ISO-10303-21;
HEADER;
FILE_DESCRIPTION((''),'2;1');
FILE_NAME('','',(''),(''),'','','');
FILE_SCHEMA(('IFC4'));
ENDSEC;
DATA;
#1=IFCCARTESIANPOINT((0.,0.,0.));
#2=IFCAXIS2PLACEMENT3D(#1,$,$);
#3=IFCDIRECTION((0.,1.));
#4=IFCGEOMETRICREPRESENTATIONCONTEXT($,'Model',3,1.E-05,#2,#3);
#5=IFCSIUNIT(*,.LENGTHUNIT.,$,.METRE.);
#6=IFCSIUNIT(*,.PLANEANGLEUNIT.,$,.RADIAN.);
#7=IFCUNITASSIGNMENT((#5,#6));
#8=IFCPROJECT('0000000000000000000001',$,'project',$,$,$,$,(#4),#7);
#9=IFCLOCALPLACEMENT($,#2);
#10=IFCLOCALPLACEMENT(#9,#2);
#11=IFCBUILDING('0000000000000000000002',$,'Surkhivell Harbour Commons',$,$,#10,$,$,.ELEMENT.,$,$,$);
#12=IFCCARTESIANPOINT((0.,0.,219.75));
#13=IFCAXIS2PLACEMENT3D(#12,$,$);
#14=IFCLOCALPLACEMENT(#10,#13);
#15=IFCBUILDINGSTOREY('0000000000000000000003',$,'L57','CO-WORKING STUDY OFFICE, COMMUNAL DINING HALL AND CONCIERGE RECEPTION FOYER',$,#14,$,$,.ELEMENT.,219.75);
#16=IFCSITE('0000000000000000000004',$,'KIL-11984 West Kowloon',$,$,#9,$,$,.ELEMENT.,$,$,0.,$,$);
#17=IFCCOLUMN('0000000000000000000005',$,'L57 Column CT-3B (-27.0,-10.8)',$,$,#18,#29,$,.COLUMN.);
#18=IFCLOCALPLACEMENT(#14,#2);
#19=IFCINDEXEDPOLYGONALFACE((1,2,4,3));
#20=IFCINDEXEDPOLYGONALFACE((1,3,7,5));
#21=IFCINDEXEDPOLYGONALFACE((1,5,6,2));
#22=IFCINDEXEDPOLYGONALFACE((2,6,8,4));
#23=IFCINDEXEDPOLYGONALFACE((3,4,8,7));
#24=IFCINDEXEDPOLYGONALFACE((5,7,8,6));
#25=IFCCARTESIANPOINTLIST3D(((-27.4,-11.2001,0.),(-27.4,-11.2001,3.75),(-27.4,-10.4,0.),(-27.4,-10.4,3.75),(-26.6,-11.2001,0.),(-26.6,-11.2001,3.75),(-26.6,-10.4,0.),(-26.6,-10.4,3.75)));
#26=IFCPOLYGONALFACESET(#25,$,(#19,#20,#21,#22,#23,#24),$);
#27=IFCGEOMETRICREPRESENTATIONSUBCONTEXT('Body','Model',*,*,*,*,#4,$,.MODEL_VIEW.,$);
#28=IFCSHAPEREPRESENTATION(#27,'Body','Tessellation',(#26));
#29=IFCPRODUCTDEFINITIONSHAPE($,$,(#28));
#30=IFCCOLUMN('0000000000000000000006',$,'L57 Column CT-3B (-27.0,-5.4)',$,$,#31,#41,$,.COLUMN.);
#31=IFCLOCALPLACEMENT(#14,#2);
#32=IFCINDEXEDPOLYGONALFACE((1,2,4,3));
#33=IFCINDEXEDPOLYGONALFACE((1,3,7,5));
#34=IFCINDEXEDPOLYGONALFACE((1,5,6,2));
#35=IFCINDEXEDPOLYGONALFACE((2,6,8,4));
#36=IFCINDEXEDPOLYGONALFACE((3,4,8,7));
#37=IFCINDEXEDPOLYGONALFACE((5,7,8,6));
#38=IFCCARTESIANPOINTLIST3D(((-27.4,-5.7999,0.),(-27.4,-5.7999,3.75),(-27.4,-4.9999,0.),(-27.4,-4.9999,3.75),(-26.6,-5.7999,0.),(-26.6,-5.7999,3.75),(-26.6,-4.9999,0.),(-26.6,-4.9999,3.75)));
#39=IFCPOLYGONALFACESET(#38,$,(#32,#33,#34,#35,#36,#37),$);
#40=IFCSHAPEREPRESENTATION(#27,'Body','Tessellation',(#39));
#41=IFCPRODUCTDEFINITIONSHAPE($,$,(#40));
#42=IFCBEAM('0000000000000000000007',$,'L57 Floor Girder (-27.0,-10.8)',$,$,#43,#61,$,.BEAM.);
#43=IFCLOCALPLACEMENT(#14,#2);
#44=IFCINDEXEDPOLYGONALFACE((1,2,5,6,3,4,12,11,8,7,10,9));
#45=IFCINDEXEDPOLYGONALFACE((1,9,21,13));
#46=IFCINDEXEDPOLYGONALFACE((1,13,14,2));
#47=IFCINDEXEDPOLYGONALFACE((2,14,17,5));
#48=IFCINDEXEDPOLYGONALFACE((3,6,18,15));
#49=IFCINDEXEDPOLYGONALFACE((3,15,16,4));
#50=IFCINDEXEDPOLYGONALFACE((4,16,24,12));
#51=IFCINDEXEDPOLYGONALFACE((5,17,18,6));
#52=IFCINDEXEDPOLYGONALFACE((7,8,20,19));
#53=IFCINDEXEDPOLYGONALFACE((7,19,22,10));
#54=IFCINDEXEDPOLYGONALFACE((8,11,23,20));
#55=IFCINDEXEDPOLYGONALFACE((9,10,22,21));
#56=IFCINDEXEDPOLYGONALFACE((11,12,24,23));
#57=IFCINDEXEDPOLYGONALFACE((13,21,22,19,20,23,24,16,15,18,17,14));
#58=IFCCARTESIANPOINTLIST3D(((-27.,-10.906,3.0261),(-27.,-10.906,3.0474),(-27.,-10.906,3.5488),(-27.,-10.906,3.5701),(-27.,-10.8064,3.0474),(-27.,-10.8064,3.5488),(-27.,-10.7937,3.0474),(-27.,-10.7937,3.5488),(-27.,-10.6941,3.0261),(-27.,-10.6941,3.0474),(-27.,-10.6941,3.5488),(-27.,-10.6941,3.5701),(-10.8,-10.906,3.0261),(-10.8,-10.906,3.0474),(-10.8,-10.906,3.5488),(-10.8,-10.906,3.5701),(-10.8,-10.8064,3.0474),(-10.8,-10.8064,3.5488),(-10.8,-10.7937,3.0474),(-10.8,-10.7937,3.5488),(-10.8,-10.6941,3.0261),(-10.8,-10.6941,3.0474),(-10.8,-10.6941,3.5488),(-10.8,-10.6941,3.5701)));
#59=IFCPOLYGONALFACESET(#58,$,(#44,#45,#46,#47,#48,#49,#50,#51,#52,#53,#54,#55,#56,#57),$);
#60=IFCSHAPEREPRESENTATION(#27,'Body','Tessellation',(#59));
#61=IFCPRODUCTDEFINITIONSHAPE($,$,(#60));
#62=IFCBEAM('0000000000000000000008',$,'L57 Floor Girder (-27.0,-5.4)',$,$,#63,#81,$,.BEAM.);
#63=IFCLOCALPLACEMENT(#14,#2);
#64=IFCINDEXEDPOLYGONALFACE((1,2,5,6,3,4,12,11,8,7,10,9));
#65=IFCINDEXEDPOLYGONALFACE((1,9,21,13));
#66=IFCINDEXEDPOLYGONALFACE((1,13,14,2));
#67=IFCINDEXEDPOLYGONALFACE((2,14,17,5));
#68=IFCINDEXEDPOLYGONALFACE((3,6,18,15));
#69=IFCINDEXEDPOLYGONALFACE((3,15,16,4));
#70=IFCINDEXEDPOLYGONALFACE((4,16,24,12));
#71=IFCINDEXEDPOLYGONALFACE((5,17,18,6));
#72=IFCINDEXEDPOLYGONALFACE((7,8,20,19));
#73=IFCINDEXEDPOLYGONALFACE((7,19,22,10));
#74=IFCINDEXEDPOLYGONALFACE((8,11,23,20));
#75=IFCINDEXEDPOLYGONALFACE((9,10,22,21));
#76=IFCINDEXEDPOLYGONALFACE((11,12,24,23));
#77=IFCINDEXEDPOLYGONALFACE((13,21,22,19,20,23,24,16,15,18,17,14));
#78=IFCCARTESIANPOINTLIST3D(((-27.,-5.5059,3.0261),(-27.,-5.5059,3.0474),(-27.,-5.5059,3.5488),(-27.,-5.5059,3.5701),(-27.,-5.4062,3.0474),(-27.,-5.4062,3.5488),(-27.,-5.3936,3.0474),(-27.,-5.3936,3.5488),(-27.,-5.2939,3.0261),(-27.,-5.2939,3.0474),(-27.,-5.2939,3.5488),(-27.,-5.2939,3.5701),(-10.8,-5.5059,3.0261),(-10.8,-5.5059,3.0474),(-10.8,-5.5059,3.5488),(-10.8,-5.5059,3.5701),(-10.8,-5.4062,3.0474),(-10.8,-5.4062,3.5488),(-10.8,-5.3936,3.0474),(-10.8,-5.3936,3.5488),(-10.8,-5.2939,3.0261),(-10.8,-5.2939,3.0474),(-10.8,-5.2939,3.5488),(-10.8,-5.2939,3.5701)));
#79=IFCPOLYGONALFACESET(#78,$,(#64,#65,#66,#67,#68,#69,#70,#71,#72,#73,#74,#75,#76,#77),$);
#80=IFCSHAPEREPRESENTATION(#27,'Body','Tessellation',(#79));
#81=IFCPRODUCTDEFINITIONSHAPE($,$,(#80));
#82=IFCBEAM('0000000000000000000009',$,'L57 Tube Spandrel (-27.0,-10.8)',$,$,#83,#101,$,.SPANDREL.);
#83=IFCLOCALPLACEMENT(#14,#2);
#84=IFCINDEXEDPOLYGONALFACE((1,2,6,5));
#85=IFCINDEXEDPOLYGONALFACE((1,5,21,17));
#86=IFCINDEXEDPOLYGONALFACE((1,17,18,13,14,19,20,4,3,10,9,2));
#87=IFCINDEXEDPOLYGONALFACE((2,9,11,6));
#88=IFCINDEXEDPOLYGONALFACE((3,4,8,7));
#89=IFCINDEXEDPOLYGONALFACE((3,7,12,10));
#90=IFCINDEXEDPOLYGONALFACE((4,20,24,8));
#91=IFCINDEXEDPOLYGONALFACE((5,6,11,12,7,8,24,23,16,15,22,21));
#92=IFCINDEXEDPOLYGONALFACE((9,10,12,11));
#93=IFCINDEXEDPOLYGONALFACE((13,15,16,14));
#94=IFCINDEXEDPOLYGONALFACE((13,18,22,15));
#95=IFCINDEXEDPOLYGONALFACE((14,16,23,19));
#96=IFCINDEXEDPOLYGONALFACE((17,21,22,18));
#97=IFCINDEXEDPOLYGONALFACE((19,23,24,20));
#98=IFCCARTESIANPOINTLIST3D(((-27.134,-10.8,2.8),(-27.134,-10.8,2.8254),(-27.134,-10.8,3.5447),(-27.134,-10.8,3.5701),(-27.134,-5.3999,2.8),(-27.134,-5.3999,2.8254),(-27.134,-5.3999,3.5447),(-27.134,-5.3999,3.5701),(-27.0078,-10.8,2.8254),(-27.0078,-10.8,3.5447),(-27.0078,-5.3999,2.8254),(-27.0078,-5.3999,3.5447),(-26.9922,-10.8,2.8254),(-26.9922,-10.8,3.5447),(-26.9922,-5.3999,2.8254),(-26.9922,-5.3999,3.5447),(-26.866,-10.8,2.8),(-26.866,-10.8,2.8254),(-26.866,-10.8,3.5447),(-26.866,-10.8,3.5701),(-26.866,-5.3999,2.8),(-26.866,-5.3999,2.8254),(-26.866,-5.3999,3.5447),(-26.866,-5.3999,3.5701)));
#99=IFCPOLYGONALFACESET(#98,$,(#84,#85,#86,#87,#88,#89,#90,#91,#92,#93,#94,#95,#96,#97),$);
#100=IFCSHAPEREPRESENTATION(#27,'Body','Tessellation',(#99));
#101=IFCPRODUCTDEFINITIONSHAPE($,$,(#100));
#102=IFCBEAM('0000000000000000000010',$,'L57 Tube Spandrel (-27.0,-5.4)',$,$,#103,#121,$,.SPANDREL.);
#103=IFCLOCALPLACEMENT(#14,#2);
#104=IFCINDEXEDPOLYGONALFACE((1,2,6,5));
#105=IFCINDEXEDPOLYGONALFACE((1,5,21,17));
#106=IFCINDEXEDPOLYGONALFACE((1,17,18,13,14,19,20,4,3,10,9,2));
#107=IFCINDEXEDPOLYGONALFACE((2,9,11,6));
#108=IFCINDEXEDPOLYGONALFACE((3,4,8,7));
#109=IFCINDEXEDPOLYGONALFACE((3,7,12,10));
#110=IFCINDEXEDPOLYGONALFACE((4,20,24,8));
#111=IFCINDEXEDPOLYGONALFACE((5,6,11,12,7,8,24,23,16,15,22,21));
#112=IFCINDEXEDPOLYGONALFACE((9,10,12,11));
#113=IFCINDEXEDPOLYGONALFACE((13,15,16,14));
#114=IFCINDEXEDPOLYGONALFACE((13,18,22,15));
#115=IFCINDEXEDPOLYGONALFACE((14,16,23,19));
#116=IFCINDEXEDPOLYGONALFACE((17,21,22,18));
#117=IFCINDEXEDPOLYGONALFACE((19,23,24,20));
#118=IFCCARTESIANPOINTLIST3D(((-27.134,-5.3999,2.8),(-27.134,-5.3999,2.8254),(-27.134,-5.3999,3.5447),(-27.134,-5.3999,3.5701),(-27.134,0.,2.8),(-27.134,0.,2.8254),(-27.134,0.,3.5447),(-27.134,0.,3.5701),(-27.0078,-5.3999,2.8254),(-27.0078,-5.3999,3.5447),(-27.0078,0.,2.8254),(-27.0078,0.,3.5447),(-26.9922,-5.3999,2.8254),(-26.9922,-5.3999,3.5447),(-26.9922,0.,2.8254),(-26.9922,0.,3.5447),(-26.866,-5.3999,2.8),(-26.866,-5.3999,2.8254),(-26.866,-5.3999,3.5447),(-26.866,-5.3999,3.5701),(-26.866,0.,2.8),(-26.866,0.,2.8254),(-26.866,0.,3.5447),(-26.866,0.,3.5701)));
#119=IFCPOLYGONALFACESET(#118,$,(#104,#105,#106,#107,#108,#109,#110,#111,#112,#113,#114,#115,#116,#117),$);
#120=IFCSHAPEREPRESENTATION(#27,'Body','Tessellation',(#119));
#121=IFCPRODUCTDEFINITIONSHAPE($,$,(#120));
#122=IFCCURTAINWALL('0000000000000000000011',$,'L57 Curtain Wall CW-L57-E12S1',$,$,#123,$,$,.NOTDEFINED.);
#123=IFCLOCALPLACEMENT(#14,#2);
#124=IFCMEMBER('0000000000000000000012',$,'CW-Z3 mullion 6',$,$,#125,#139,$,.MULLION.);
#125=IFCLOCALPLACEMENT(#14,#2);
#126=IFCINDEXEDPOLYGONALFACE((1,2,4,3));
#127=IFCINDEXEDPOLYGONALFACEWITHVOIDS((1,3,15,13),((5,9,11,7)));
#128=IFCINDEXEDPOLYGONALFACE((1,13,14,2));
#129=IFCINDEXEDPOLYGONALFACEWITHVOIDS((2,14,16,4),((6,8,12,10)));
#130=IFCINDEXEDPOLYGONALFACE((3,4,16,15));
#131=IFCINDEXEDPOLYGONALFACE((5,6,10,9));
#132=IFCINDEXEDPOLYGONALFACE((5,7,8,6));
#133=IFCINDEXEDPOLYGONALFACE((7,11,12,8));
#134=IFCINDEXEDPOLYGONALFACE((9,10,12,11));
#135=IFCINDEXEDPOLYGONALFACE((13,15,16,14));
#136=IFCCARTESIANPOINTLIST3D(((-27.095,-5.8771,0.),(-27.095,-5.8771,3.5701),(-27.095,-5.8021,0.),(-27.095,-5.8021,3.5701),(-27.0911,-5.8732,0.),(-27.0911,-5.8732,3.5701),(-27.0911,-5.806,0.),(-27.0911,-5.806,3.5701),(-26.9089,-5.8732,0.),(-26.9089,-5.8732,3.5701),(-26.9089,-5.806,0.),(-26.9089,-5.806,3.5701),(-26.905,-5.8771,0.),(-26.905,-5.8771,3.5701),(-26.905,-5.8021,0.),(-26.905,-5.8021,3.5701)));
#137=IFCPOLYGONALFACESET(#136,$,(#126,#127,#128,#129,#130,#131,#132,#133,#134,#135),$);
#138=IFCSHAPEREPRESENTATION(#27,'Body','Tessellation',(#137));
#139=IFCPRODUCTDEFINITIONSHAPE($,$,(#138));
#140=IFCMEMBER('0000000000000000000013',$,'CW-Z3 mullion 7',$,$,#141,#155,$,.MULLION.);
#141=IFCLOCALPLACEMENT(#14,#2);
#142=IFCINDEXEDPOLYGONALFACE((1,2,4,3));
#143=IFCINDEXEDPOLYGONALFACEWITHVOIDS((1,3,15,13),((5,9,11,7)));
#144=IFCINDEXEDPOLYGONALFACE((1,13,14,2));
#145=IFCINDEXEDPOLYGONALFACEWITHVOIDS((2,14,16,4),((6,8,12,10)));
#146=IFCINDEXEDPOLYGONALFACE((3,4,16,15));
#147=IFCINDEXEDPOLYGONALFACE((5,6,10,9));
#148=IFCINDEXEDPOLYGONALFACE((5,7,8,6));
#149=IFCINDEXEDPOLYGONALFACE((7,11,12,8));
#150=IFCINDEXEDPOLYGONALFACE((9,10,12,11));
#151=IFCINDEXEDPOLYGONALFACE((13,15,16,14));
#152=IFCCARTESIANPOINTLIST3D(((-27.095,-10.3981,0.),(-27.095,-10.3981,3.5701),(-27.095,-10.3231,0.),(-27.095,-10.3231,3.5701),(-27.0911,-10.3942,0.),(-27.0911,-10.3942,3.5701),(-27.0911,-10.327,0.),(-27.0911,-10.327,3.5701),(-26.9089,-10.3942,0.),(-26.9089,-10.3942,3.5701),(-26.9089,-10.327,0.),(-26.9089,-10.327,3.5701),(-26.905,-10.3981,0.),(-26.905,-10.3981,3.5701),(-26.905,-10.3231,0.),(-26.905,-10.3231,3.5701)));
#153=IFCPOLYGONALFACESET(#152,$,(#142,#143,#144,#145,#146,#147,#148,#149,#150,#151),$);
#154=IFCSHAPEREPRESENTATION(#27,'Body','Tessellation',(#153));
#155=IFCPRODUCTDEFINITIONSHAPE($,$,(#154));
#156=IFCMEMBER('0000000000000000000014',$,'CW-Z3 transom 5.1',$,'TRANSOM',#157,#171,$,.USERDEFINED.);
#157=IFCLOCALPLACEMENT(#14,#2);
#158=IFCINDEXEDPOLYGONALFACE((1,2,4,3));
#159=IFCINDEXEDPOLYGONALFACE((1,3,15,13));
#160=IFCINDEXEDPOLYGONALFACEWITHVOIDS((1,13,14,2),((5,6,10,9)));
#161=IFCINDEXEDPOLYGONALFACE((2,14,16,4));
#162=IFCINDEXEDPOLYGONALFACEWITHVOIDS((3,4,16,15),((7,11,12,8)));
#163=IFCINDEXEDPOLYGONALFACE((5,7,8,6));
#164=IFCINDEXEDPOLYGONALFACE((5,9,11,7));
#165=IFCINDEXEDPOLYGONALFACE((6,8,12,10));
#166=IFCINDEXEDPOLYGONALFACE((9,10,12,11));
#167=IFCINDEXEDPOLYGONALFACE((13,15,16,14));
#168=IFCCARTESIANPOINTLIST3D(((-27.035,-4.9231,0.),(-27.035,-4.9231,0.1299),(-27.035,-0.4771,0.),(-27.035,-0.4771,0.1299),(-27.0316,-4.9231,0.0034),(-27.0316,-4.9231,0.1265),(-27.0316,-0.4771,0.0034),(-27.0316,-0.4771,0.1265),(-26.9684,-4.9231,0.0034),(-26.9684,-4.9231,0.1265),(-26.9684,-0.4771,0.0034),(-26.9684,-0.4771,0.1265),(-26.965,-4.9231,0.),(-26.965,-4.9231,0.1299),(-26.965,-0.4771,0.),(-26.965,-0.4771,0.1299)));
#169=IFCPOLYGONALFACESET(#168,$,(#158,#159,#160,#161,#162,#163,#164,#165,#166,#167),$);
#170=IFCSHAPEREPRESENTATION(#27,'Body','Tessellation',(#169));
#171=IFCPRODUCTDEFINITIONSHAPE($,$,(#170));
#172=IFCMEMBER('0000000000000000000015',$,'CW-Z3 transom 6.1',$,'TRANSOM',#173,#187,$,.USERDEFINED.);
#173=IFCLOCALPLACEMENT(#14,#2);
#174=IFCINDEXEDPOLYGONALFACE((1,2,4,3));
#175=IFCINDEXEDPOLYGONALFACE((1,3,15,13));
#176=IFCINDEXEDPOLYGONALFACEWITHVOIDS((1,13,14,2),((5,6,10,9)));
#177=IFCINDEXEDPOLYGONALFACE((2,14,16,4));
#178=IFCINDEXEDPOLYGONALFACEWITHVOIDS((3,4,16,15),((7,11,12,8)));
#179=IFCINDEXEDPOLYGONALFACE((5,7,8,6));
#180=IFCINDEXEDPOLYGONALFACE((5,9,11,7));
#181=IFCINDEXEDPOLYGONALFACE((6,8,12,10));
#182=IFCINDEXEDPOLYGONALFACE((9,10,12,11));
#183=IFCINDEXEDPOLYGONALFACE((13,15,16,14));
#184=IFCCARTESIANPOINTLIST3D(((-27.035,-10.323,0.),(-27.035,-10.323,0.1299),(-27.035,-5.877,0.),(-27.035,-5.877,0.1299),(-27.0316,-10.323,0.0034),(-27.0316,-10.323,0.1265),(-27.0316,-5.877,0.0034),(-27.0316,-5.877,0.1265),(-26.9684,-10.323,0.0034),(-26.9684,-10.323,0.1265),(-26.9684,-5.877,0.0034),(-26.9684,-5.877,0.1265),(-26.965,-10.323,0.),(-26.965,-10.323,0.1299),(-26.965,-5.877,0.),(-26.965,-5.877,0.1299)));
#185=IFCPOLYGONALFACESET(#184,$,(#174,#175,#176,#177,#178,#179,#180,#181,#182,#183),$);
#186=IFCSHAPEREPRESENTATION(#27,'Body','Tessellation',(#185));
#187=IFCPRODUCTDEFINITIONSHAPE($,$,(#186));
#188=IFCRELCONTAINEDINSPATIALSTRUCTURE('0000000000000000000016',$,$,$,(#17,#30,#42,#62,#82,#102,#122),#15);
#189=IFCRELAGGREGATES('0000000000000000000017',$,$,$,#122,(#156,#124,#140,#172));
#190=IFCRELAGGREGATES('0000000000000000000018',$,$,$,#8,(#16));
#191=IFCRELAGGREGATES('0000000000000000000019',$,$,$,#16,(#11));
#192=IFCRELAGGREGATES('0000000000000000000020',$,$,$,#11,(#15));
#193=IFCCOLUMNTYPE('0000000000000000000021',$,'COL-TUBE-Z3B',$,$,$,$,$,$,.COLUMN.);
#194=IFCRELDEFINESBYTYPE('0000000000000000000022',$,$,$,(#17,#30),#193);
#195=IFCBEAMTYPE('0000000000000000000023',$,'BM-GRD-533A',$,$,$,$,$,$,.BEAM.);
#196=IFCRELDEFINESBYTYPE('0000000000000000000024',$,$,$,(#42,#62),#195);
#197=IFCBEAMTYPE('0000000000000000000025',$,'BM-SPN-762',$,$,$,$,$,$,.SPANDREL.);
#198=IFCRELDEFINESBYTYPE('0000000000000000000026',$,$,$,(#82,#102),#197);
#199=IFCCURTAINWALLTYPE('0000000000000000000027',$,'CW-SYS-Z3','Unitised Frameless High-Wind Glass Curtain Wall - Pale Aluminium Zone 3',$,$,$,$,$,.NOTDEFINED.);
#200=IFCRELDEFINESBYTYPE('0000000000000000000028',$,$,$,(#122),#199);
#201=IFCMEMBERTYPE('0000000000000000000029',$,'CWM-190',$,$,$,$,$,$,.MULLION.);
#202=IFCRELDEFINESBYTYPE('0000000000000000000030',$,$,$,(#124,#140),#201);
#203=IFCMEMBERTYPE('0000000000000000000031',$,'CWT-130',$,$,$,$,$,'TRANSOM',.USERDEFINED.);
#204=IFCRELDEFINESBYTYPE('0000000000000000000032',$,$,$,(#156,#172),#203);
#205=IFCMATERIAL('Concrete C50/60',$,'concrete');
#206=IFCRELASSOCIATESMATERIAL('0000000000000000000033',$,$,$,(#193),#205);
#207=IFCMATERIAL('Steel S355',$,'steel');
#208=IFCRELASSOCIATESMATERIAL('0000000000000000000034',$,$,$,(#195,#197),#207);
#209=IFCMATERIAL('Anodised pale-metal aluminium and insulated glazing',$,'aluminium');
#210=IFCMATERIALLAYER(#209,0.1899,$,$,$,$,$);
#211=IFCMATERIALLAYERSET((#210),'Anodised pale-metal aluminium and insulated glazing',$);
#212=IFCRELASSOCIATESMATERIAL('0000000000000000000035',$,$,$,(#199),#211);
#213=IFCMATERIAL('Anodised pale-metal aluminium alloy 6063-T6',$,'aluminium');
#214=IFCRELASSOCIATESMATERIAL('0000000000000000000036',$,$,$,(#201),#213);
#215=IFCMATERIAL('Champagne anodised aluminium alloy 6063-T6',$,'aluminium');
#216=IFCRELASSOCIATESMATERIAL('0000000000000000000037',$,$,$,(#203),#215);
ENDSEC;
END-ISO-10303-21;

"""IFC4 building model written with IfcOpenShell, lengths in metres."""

from ifc_helpers import new_model, si_unit, direction, frame, origin, origin_2d, place, context, subcontext, project, spatial, rectangle, hollow_rectangle, i_section, extrude, material, layer, layer_set, material_profile, profile_set, type_object, element, aggregate, save


model = new_model("IFC4")

# Units and contexts
model_context = context("Model", 3, precision=1e-05, world=origin(), true_north=direction((0.0, 1.0)))
body_context = subcontext(model_context, "Body", "Model", "MODEL_VIEW")
ifc_project = project(units=[si_unit("LENGTHUNIT", "METRE"), si_unit("PLANEANGLEUNIT", "RADIAN")], contexts=[model_context])

# Site, building, storey
site_placement = place(None, origin())
site = spatial("IfcSite", under=ifc_project, at=site_placement, Name="KIL-11984 West Kowloon", CompositionType="ELEMENT", RefElevation=0.0)
building_placement = place(site_placement, origin())
building = spatial("IfcBuilding", under=site, at=building_placement, Name="Surkhivell Harbour Commons", CompositionType="ELEMENT")
storey_placement = place(building_placement, frame((0.0, 0.0, 219.75)))
storey = spatial("IfcBuildingStorey", under=building, at=storey_placement, Name="L57", Description="CO-WORKING STUDY OFFICE, COMMUNAL DINING HALL AND CONCIERGE RECEPTION FOYER", CompositionType="ELEMENT", Elevation=219.75)

# Columns
ifc_material_1 = material(Name="Concrete C50/60", Category="concrete")
ifc_material_profile_1 = material_profile(ifc_material_1, rectangle(XDim=0.8, YDim=0.8, at=origin_2d()), Name="RC-COL-800x800")
ifc_profile_set_1 = profile_set([ifc_material_profile_1], Name="Concrete C50/60")
column_type = type_object("IfcColumnType", Name="COL-TUBE-Z3B", PredefinedType="COLUMN", material=ifc_profile_set_1)
for number, where, z_axis, x_axis, name in (
    (1, (-27.0, -10.8, 0.0), (0.0, 0.0, 1.0), (1.0, 0.0, 0.0), "L57 Column CT-3B (-27.0,-10.8)"),
    (2, (-27.0, -5.3999, 0.0), (0.0, 0.0, 1.0), (1.0, 0.0, 0.0), "L57 Column CT-3B (-27.0,-5.4)"),
):
    element("IfcColumn", number, at=place(storey_placement, frame(where, z_axis=z_axis, x_axis=x_axis)), inside=storey, type_object=column_type, Name=name, PredefinedType="COLUMN", context=body_context, shape_type="SweptSolid", body=[
        extrude(rectangle(XDim=0.8, YDim=0.8, at=origin_2d()), origin(), (0.0, 0.0, 1.0), 3.75),
    ])

# Beams
ifc_material_2 = material(Name="Steel S355", Category="steel")
ifc_material_profile_2 = material_profile(ifc_material_2, i_section(OverallWidth=0.2119, OverallDepth=0.5439, WebThickness=0.0127, FlangeThickness=0.0212, at=origin_2d()), Name="UB533x210x122")
ifc_profile_set_2 = profile_set([ifc_material_profile_2], Name="Steel S355")
beam_type_1 = type_object("IfcBeamType", Name="BM-GRD-533A", PredefinedType="BEAM", material=ifc_profile_set_2)
for number, where, z_axis, x_axis, name in (
    (3, (-27.0, -10.8, 3.2981), (1.0, 0.0, 0.0), (0.0, 1.0, 0.0), "L57 Floor Girder (-27.0,-10.8)"),
    (4, (-27.0, -5.3999, 3.2981), (1.0, 0.0, 0.0), (0.0, 1.0, 0.0), "L57 Floor Girder (-27.0,-5.4)"),
):
    element("IfcBeam", number, at=place(storey_placement, frame(where, z_axis=z_axis, x_axis=x_axis)), inside=storey, type_object=beam_type_1, Name=name, PredefinedType="BEAM", context=body_context, shape_type="SweptSolid", body=[
        extrude(i_section(OverallWidth=0.2119, OverallDepth=0.5439, WebThickness=0.0127, FlangeThickness=0.0212, at=origin_2d()), origin(), (0.0, 0.0, 1.0), 16.2),
    ])
ifc_material_profile_3 = material_profile(ifc_material_2, i_section(OverallWidth=0.2681, OverallDepth=0.77, WebThickness=0.0156, FlangeThickness=0.0254, at=origin_2d()), Name="UB762x267x197")
ifc_profile_set_3 = profile_set([ifc_material_profile_3], Name="Steel S355")
beam_type_2 = type_object("IfcBeamType", Name="BM-SPN-762", PredefinedType="SPANDREL", material=ifc_profile_set_3)
beam_1_placement = place(storey_placement, frame((-27.0, -10.8, 3.1851), z_axis=(0.0, 1.0, 0.0), x_axis=(-1.0, 0.0, 0.0)))
element("IfcBeam", 5, at=beam_1_placement, inside=storey, type_object=beam_type_2, Name="L57 Tube Spandrel (-27.0,-10.8)", PredefinedType="SPANDREL", context=body_context, shape_type="SweptSolid", body=[
    extrude(i_section(OverallWidth=0.2681, OverallDepth=0.77, WebThickness=0.0156, FlangeThickness=0.0254, at=origin_2d()), origin(), (0.0, 0.0, 1.0), 5.4001),
])
beam_2_placement = place(storey_placement, frame((-27.0, -5.3999, 3.1851), z_axis=(0.0, 1.0, 0.0), x_axis=(-1.0, 0.0, 0.0)))
element("IfcBeam", 6, at=beam_2_placement, inside=storey, type_object=beam_type_2, Name="L57 Tube Spandrel (-27.0,-5.4)", PredefinedType="SPANDREL", context=body_context, shape_type="SweptSolid", body=[
    extrude(i_section(OverallWidth=0.2681, OverallDepth=0.77, WebThickness=0.0156, FlangeThickness=0.0254, at=origin_2d()), origin(), (0.0, 0.0, 1.0), 5.3999),
])

# Curtain wall, members
ifc_material_3 = material(Name="Anodised pale-metal aluminium and insulated glazing", Category="aluminium")
ifc_layer_1 = layer(ifc_material_3, 0.1899)
ifc_layer_set_1 = layer_set([ifc_layer_1], Name="Anodised pale-metal aluminium and insulated glazing")
curtain_wall_type = type_object("IfcCurtainWallType", Name="CW-SYS-Z3", Description="Unitised Frameless High-Wind Glass Curtain Wall - Pale Aluminium Zone 3", PredefinedType="NOTDEFINED", material=ifc_layer_set_1)
curtain_wall_placement = place(storey_placement, origin())
curtain_wall = element("IfcCurtainWall", 7, at=curtain_wall_placement, inside=storey, type_object=curtain_wall_type, Name="L57 Curtain Wall CW-L57-E12S1", PredefinedType="NOTDEFINED")
ifc_material_4 = material(Name="Anodised pale-metal aluminium alloy 6063-T6", Category="aluminium")
ifc_material_profile_4 = material_profile(ifc_material_4, hollow_rectangle(XDim=0.075, YDim=0.1899, WallThickness=0.0039, at=origin_2d()), Name="ALU-MULL-75x190")
ifc_profile_set_4 = profile_set([ifc_material_profile_4], Name="Anodised pale-metal aluminium alloy 6063-T6")
member_type_1 = type_object("IfcMemberType", Name="CWM-190", PredefinedType="MULLION", material=ifc_profile_set_4)
member_1_placement = place(storey_placement, frame((-27.0, -5.8396, 0.0), z_axis=(0.0, 0.0, 1.0), x_axis=(0.0, -1.0, 0.0)))
member_1 = element("IfcMember", 8, at=member_1_placement, type_object=member_type_1, Name="CW-Z3 mullion 6", PredefinedType="MULLION", context=body_context, shape_type="SweptSolid", body=[
    extrude(hollow_rectangle(XDim=0.075, YDim=0.1899, WallThickness=0.0039, at=origin_2d()), origin(), (0.0, 0.0, 1.0), 3.5701),
])
member_2_placement = place(storey_placement, frame((-27.0, -10.3606, 0.0), z_axis=(0.0, 0.0, 1.0), x_axis=(0.0, -1.0, 0.0)))
member_2 = element("IfcMember", 9, at=member_2_placement, type_object=member_type_1, Name="CW-Z3 mullion 7", PredefinedType="MULLION", context=body_context, shape_type="SweptSolid", body=[
    extrude(hollow_rectangle(XDim=0.075, YDim=0.1899, WallThickness=0.0039, at=origin_2d()), origin(), (0.0, 0.0, 1.0), 3.5701),
])
ifc_material_5 = material(Name="Champagne anodised aluminium alloy 6063-T6", Category="aluminium")
ifc_material_profile_5 = material_profile(ifc_material_5, hollow_rectangle(XDim=0.0701, YDim=0.1299, WallThickness=0.0034, at=origin_2d()), Name="ALU-TRAN-70x130")
ifc_profile_set_5 = profile_set([ifc_material_profile_5], Name="Champagne anodised aluminium alloy 6063-T6")
member_type_2 = type_object("IfcMemberType", Name="CWT-130", ElementType="TRANSOM", PredefinedType="USERDEFINED", material=ifc_profile_set_5)
member_3_placement = place(storey_placement, frame((-27.0, -0.4771, 0.0649), z_axis=(0.0, -1.0, 0.0), x_axis=(1.0, 0.0, 0.0)))
member_3 = element("IfcMember", 10, at=member_3_placement, type_object=member_type_2, Name="CW-Z3 transom 5.1", ObjectType="TRANSOM", PredefinedType="USERDEFINED", context=body_context, shape_type="SweptSolid", body=[
    extrude(hollow_rectangle(XDim=0.0701, YDim=0.1299, WallThickness=0.0034, at=origin_2d()), origin(), (0.0, 0.0, 1.0), 4.446),
])
member_4_placement = place(storey_placement, frame((-27.0, -5.877, 0.0649), z_axis=(0.0, -1.0, 0.0), x_axis=(1.0, 0.0, 0.0)))
member_4 = element("IfcMember", 11, at=member_4_placement, type_object=member_type_2, Name="CW-Z3 transom 6.1", ObjectType="TRANSOM", PredefinedType="USERDEFINED", context=body_context, shape_type="SweptSolid", body=[
    extrude(hollow_rectangle(XDim=0.0701, YDim=0.1299, WallThickness=0.0034, at=origin_2d()), origin(), (0.0, 0.0, 1.0), 4.446),
])

aggregate(curtain_wall, [member_3, member_1, member_2, member_4])

save(model, "model.ifc")
